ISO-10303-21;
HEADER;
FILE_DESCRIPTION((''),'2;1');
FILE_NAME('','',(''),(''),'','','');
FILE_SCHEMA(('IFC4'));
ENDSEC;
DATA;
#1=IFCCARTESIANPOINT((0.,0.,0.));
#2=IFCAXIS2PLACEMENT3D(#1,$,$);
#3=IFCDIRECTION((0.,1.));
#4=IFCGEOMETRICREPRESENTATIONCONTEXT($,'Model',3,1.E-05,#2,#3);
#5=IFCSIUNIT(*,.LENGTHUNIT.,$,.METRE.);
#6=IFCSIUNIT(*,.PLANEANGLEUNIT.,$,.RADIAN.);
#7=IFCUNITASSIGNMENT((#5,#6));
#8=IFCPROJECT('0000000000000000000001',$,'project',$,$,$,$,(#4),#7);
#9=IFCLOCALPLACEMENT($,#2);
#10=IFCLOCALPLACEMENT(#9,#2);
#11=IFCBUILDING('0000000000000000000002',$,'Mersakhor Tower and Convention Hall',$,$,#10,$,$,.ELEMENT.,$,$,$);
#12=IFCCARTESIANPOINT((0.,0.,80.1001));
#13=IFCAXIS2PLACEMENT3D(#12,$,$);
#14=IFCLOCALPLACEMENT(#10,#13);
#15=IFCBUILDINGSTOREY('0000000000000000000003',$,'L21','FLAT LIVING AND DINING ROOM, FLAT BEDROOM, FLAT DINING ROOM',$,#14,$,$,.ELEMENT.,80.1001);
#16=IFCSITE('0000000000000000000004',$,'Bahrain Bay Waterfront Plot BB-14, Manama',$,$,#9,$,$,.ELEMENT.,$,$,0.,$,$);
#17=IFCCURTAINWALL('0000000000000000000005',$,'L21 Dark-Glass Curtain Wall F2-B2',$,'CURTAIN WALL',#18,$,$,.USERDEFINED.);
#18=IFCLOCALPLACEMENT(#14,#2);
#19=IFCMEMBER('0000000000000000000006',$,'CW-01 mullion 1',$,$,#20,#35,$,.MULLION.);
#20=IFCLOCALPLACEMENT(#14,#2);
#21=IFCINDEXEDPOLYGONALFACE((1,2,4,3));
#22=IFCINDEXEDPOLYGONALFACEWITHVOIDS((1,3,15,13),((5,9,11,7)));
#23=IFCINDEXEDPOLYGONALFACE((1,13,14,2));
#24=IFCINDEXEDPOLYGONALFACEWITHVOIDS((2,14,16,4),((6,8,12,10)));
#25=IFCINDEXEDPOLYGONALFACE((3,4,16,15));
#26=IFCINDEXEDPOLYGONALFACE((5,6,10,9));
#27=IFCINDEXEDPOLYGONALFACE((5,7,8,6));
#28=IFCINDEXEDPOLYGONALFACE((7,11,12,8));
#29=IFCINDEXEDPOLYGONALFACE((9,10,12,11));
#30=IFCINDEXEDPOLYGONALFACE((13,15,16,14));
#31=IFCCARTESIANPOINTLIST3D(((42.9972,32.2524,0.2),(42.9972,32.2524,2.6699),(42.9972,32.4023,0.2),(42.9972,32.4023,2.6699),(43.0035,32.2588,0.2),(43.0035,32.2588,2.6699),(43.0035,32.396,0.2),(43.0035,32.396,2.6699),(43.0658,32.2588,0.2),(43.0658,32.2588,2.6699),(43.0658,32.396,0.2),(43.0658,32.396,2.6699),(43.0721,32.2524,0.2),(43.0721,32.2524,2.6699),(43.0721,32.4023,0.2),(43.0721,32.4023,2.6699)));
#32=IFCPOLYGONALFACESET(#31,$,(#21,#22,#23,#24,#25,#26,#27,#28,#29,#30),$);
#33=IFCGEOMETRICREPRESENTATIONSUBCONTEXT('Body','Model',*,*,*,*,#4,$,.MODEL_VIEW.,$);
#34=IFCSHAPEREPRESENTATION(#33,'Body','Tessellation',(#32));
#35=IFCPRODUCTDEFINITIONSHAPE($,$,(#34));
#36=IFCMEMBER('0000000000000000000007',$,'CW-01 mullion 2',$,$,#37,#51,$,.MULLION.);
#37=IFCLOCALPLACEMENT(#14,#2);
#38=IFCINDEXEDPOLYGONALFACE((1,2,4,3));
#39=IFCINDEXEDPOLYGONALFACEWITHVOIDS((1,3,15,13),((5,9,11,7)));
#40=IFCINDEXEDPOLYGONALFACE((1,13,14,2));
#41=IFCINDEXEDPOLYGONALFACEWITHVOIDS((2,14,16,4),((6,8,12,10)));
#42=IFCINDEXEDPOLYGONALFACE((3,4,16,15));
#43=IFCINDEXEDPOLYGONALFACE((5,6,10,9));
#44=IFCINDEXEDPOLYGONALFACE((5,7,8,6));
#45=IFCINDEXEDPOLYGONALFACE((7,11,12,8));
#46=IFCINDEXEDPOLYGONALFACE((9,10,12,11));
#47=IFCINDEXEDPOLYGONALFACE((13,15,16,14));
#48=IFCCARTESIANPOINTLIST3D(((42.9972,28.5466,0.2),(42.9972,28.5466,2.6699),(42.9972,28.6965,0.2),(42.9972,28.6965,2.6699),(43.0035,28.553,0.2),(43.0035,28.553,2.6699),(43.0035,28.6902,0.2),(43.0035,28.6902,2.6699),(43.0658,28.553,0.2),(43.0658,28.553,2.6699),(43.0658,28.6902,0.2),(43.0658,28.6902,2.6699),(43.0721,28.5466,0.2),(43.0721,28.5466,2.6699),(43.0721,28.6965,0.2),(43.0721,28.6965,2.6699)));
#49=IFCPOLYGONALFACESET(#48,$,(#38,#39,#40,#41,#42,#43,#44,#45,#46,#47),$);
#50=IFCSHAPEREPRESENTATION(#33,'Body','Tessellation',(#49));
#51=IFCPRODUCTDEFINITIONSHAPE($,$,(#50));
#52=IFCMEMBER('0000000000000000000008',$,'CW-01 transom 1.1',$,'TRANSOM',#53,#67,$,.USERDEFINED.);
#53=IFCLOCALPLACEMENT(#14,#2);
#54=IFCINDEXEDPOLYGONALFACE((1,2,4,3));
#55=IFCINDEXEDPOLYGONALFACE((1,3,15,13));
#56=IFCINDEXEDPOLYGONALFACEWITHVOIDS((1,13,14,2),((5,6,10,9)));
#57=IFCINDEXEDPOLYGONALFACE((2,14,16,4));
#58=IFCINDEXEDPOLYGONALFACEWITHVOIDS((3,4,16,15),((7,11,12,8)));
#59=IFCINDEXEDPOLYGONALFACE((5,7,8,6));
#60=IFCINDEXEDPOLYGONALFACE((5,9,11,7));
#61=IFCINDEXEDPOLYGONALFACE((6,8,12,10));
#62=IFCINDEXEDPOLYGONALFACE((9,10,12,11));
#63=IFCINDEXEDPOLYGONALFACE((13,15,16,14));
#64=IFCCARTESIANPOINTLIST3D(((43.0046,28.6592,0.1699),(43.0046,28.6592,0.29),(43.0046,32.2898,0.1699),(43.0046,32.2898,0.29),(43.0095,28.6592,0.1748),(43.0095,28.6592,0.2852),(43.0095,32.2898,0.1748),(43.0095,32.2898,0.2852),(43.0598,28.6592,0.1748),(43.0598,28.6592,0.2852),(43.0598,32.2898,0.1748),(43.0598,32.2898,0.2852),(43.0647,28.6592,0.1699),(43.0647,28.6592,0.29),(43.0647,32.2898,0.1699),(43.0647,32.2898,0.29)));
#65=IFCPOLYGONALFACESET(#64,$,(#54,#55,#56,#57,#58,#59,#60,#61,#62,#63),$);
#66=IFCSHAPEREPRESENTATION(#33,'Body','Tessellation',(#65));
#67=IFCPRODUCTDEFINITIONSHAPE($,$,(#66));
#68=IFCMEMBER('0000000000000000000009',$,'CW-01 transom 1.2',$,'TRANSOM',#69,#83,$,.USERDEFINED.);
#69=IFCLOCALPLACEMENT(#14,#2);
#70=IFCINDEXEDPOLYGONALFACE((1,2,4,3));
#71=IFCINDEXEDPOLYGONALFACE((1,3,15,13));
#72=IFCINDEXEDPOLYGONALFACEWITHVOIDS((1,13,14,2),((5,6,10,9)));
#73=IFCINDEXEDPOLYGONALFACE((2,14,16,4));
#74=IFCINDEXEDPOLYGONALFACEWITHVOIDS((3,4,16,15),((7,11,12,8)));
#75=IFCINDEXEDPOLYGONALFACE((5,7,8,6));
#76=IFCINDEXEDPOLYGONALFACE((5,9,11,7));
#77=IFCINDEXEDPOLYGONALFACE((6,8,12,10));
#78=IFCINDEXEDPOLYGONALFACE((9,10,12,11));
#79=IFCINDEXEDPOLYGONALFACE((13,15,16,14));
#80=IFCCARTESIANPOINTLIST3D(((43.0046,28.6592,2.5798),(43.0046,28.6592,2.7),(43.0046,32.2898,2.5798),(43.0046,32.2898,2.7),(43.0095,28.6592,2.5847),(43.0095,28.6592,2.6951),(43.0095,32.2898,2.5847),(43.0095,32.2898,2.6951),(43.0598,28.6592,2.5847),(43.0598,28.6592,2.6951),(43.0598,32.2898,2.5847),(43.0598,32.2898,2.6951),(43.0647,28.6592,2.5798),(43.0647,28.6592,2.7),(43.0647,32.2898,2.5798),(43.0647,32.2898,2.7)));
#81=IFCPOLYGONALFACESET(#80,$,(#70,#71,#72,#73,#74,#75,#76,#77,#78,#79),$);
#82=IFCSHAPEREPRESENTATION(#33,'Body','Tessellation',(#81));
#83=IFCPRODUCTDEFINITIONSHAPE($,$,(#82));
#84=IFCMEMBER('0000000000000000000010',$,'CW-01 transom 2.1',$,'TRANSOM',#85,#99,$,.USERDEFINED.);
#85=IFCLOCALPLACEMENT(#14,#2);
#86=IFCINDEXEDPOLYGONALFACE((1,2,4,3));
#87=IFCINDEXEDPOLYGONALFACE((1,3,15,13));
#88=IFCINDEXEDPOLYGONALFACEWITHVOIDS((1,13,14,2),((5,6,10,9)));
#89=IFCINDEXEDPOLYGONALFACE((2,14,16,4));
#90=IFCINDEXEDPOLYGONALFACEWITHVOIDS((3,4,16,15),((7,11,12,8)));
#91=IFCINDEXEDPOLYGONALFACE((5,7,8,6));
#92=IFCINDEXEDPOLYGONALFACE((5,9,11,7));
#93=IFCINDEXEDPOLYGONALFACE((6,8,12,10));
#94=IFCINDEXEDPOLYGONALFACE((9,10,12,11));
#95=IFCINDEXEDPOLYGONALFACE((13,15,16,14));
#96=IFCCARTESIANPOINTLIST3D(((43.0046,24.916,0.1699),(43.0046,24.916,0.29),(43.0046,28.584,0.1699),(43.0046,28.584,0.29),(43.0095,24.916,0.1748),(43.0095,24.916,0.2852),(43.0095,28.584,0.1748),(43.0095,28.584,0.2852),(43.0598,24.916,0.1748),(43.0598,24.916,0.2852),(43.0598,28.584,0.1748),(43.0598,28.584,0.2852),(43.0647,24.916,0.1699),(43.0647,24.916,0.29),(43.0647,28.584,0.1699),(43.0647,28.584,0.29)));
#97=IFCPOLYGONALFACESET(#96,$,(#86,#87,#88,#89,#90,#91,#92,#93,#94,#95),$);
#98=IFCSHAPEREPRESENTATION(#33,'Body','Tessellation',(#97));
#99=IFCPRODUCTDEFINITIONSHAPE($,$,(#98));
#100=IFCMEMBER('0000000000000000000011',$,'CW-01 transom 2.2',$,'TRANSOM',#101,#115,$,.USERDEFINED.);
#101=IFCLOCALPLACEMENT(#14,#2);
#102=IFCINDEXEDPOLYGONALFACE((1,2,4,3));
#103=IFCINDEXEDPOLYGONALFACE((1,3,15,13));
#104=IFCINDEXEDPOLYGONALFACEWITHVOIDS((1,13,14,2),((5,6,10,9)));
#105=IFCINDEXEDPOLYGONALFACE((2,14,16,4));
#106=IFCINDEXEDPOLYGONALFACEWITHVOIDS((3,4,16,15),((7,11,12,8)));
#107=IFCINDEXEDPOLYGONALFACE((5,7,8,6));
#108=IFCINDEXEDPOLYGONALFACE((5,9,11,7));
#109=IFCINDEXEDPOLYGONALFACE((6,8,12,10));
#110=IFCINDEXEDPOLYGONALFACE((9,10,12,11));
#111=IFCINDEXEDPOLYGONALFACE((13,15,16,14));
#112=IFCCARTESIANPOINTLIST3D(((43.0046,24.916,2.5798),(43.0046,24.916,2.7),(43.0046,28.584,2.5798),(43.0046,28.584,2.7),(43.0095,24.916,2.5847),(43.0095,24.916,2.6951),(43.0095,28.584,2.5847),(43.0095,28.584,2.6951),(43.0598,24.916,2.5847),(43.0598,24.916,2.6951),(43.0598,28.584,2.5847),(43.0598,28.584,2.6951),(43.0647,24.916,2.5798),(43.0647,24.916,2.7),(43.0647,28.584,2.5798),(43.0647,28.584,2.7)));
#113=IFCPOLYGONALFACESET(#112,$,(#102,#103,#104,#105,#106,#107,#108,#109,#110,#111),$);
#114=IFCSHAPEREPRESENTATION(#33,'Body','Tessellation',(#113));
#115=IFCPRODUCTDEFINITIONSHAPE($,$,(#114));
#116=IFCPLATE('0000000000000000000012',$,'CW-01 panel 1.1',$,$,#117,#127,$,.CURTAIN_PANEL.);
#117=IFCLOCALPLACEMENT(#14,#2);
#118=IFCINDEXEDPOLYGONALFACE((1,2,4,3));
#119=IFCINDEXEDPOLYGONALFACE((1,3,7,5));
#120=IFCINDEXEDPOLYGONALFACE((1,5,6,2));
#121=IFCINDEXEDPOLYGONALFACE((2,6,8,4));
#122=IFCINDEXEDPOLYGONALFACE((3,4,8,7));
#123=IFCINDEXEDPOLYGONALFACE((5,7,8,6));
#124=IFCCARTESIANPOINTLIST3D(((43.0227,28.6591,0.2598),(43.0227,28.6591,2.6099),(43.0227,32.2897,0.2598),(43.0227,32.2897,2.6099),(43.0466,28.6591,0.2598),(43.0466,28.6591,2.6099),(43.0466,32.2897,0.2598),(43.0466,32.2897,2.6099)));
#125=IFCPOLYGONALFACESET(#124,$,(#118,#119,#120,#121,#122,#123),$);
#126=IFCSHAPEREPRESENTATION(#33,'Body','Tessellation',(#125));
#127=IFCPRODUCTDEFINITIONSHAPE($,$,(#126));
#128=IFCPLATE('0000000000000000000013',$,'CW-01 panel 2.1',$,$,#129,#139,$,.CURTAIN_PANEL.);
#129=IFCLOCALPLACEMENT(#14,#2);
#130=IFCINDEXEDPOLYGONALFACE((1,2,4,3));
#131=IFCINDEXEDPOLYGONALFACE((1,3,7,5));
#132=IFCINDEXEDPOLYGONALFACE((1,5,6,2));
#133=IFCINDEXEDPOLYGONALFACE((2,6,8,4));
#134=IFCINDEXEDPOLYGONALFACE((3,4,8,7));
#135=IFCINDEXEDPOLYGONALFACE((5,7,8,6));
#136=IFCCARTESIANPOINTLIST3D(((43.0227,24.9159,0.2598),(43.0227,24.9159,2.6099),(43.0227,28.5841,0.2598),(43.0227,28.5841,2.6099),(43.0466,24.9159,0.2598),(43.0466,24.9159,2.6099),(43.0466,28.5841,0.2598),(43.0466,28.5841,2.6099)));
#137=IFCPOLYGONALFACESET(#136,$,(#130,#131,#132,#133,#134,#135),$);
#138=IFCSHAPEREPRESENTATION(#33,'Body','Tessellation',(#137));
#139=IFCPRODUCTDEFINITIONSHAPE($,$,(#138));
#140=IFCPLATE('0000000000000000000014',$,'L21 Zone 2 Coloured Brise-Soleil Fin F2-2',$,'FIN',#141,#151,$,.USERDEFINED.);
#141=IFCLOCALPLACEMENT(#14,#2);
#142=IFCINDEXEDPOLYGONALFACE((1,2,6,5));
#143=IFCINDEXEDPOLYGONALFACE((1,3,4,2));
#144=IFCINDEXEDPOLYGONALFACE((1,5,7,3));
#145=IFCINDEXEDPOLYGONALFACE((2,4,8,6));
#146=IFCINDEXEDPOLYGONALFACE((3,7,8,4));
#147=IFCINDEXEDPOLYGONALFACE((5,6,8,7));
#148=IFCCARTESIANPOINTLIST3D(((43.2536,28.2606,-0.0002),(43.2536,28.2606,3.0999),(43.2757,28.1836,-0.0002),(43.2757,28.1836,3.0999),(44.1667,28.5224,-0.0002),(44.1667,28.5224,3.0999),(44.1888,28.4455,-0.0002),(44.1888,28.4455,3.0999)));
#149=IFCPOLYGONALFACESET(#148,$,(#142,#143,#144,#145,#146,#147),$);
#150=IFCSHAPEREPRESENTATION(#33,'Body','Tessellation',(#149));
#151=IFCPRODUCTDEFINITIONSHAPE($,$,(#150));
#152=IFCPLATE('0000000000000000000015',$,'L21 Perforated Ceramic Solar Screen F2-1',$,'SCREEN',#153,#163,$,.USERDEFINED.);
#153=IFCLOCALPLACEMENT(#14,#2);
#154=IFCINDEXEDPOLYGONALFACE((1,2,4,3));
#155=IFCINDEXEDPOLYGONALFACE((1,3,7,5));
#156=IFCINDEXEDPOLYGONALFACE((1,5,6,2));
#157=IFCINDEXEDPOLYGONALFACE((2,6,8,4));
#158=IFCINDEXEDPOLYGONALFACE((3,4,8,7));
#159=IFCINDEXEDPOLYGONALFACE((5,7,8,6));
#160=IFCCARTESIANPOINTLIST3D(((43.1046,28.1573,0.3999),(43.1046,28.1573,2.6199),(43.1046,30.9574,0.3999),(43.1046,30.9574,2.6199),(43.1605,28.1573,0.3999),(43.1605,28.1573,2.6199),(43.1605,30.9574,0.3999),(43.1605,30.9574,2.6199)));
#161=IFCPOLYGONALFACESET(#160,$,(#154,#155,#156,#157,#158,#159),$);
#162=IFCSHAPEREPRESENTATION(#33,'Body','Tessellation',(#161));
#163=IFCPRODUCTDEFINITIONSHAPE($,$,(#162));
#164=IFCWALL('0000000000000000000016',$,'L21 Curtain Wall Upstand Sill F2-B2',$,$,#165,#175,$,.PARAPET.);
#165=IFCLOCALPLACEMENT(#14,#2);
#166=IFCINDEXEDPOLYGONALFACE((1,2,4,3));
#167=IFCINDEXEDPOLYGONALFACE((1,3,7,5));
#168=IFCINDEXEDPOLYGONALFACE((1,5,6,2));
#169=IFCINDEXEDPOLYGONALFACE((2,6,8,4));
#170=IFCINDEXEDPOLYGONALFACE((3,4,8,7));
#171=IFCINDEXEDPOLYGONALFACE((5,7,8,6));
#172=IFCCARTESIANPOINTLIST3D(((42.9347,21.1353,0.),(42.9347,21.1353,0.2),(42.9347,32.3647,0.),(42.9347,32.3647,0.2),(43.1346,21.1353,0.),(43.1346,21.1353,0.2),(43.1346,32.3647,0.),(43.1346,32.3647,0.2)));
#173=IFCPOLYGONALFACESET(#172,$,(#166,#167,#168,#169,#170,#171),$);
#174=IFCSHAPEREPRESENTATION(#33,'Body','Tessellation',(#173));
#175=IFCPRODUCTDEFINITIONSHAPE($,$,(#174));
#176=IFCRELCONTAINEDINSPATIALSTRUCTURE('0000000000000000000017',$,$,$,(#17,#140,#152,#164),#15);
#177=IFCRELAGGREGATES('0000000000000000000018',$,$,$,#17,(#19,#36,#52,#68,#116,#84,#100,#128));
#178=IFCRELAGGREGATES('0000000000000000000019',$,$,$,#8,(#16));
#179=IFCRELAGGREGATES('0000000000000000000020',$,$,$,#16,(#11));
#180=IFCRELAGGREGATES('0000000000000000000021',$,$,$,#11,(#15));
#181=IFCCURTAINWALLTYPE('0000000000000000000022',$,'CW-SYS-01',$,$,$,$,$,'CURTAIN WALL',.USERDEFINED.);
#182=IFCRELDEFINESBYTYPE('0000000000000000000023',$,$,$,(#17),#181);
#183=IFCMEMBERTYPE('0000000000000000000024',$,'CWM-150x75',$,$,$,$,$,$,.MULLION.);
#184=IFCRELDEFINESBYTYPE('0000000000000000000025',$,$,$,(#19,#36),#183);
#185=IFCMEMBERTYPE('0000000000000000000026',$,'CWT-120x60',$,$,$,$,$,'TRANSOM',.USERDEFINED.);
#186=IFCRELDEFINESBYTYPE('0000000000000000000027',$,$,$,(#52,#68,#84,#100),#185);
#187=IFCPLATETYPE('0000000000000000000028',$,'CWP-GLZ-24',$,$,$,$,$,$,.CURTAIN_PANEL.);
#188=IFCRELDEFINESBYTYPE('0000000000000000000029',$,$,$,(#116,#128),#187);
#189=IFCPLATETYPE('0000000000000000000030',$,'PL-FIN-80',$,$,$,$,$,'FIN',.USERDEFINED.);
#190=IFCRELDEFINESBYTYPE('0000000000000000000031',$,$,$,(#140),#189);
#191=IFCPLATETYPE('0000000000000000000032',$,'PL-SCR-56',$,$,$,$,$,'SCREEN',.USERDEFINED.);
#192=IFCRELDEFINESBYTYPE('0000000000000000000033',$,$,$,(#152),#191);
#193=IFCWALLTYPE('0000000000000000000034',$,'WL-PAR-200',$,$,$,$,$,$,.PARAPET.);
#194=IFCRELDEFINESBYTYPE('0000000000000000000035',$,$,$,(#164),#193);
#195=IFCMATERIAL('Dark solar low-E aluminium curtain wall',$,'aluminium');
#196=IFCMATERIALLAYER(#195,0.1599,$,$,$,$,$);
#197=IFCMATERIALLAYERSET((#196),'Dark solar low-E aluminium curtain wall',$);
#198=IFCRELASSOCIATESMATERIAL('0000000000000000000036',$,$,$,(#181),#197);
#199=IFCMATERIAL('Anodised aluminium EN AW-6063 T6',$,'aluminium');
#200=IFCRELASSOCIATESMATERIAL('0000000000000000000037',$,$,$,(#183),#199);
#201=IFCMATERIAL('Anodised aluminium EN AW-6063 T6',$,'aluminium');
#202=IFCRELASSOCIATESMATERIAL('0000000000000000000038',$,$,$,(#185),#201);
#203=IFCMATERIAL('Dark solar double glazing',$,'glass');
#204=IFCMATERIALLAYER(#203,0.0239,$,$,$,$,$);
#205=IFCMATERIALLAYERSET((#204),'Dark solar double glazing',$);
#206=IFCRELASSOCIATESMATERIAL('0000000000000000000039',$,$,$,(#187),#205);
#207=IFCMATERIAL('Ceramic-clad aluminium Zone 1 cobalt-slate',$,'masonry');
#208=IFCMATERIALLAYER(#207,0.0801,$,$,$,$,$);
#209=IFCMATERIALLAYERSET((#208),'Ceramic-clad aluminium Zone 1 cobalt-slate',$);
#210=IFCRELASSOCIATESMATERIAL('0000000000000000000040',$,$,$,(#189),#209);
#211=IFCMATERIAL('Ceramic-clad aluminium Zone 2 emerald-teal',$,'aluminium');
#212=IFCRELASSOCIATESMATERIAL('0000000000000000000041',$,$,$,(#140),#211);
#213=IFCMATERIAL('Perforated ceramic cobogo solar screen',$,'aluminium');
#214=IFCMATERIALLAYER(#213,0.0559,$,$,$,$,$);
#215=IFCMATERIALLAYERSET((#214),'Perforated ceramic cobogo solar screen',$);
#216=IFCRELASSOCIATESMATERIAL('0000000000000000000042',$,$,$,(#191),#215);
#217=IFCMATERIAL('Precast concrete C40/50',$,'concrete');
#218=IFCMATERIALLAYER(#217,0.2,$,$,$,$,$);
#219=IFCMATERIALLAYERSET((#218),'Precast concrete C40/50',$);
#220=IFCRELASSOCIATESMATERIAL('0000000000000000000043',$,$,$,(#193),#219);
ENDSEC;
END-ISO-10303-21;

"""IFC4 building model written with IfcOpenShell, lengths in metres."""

from ifc_helpers import new_model, si_unit, direction, frame, frame_2d, origin, origin_2d, place, context, subcontext, project, spatial, rectangle, hollow_rectangle, extrude, material, layer, layer_set, material_profile, profile_set, type_object, element, aggregate, save


model = new_model("IFC4")

# Units and contexts
model_context = context("Model", 3, precision=1e-05, world=origin(), true_north=direction((0.0, 1.0)))
body_context = subcontext(model_context, "Body", "Model", "MODEL_VIEW")
ifc_project = project(units=[si_unit("LENGTHUNIT", "METRE"), si_unit("PLANEANGLEUNIT", "RADIAN")], contexts=[model_context])

# Site, building, storey
site_placement = place(None, origin())
site = spatial("IfcSite", under=ifc_project, at=site_placement, Name="Bahrain Bay Waterfront Plot BB-14, Manama", CompositionType="ELEMENT", RefElevation=0.0)
building_placement = place(site_placement, origin())
building = spatial("IfcBuilding", under=site, at=building_placement, Name="Mersakhor Tower and Convention Hall", CompositionType="ELEMENT")
storey_placement = place(building_placement, frame((0.0, 0.0, 80.1001)))
storey = spatial("IfcBuildingStorey", under=building, at=storey_placement, Name="L21", Description="FLAT LIVING AND DINING ROOM, FLAT BEDROOM, FLAT DINING ROOM", CompositionType="ELEMENT", Elevation=80.1001)

# Curtain wall, members, plates
ifc_material_1 = material(Name="Dark solar low-E aluminium curtain wall", Category="aluminium")
ifc_layer_1 = layer(ifc_material_1, 0.1599)
ifc_layer_set_1 = layer_set([ifc_layer_1], Name="Dark solar low-E aluminium curtain wall")
curtain_wall_type = type_object("IfcCurtainWallType", Name="CW-SYS-01", ElementType="CURTAIN WALL", PredefinedType="USERDEFINED", material=ifc_layer_set_1)
curtain_wall_placement = place(storey_placement, origin())
curtain_wall = element("IfcCurtainWall", 1, at=curtain_wall_placement, inside=storey, type_object=curtain_wall_type, Name="L21 Dark-Glass Curtain Wall F2-B2", ObjectType="CURTAIN WALL", PredefinedType="USERDEFINED")
ifc_material_2 = material(Name="Anodised aluminium EN AW-6063 T6", Category="aluminium")
ifc_material_profile_1 = material_profile(ifc_material_2, hollow_rectangle(XDim=0.075, YDim=0.1499, WallThickness=0.0063, at=origin_2d()), Name="RHS 150x75x6.3")
ifc_profile_set_1 = profile_set([ifc_material_profile_1], Name="Anodised aluminium EN AW-6063 T6")
member_type_1 = type_object("IfcMemberType", Name="CWM-150x75", PredefinedType="MULLION", material=ifc_profile_set_1)
member_1_placement = place(storey_placement, frame((43.0347, 32.3274, 0.2), z_axis=(0.0, 0.0, 1.0), x_axis=(1.0, 0.0, 0.0)))
member_1 = element("IfcMember", 2, at=member_1_placement, type_object=member_type_1, Name="CW-01 mullion 1", PredefinedType="MULLION", context=body_context, shape_type="SweptSolid", body=[
    extrude(hollow_rectangle(XDim=0.075, YDim=0.1499, WallThickness=0.0063, at=origin_2d()), origin(), (0.0, 0.0, 1.0), 2.47),
])
member_2_placement = place(storey_placement, frame((43.0347, 28.6216, 0.2), z_axis=(0.0, 0.0, 1.0), x_axis=(1.0, 0.0, 0.0)))
member_2 = element("IfcMember", 3, at=member_2_placement, type_object=member_type_1, Name="CW-01 mullion 2", PredefinedType="MULLION", context=body_context, shape_type="SweptSolid", body=[
    extrude(hollow_rectangle(XDim=0.075, YDim=0.1499, WallThickness=0.0063, at=origin_2d()), origin(), (0.0, 0.0, 1.0), 2.47),
])
ifc_material_3 = material(Name="Anodised aluminium EN AW-6063 T6", Category="aluminium")
ifc_material_profile_2 = material_profile(ifc_material_3, hollow_rectangle(XDim=0.0601, YDim=0.1201, WallThickness=0.0049, at=origin_2d()), Name="RHS 120x60x5")
ifc_profile_set_2 = profile_set([ifc_material_profile_2], Name="Anodised aluminium EN AW-6063 T6")
member_type_2 = type_object("IfcMemberType", Name="CWT-120x60", ElementType="TRANSOM", PredefinedType="USERDEFINED", material=ifc_profile_set_2)
member_3_placement = place(storey_placement, frame((43.0347, 32.2898, 0.23), z_axis=(0.0, -1.0, 0.0), x_axis=(1.0, 0.0, 0.0)))
member_3 = element("IfcMember", 4, at=member_3_placement, type_object=member_type_2, Name="CW-01 transom 1.1", ObjectType="TRANSOM", PredefinedType="USERDEFINED", context=body_context, shape_type="SweptSolid", body=[
    extrude(hollow_rectangle(XDim=0.0601, YDim=0.1201, WallThickness=0.0049, at=origin_2d()), origin(), (0.0, 0.0, 1.0), 3.6306),
])
member_4_placement = place(storey_placement, frame((43.0347, 32.2898, 2.6399), z_axis=(0.0, -1.0, 0.0), x_axis=(1.0, 0.0, 0.0)))
member_4 = element("IfcMember", 5, at=member_4_placement, type_object=member_type_2, Name="CW-01 transom 1.2", ObjectType="TRANSOM", PredefinedType="USERDEFINED", context=body_context, shape_type="SweptSolid", body=[
    extrude(hollow_rectangle(XDim=0.0601, YDim=0.1201, WallThickness=0.0049, at=origin_2d()), origin(), (0.0, 0.0, 1.0), 3.6306),
])
member_5_placement = place(storey_placement, frame((43.0347, 28.584, 0.23), z_axis=(0.0, -1.0, 0.0), x_axis=(1.0, 0.0, 0.0)))
member_5 = element("IfcMember", 6, at=member_5_placement, type_object=member_type_2, Name="CW-01 transom 2.1", ObjectType="TRANSOM", PredefinedType="USERDEFINED", context=body_context, shape_type="SweptSolid", body=[
    extrude(hollow_rectangle(XDim=0.0601, YDim=0.1201, WallThickness=0.0049, at=origin_2d()), origin(), (0.0, 0.0, 1.0), 3.668),
])
member_6_placement = place(storey_placement, frame((43.0347, 28.584, 2.6399), z_axis=(0.0, -1.0, 0.0), x_axis=(1.0, 0.0, 0.0)))
member_6 = element("IfcMember", 7, at=member_6_placement, type_object=member_type_2, Name="CW-01 transom 2.2", ObjectType="TRANSOM", PredefinedType="USERDEFINED", context=body_context, shape_type="SweptSolid", body=[
    extrude(hollow_rectangle(XDim=0.0601, YDim=0.1201, WallThickness=0.0049, at=origin_2d()), origin(), (0.0, 0.0, 1.0), 3.668),
])
ifc_material_4 = material(Name="Dark solar double glazing", Category="glass")
ifc_layer_2 = layer(ifc_material_4, 0.0239)
ifc_layer_set_2 = layer_set([ifc_layer_2], Name="Dark solar double glazing")
plate_type_1 = type_object("IfcPlateType", Name="CWP-GLZ-24", PredefinedType="CURTAIN_PANEL", material=ifc_layer_set_2)
plate_1_placement = place(storey_placement, frame((43.0347, 30.4744, 0.2598), z_axis=(0.0, 0.0, 1.0), x_axis=(0.0, -1.0, 0.0)))
plate_1 = element("IfcPlate", 8, at=plate_1_placement, type_object=plate_type_1, Name="CW-01 panel 1.1", PredefinedType="CURTAIN_PANEL", context=body_context, shape_type="SweptSolid", body=[
    extrude(rectangle(XDim=3.6306, YDim=0.0239, at=origin_2d()), origin(), (0.0, 0.0, 1.0), 2.3501),
])
plate_2_placement = place(storey_placement, frame((43.0347, 26.75, 0.2598), z_axis=(0.0, 0.0, 1.0), x_axis=(0.0, -1.0, 0.0)))
plate_2 = element("IfcPlate", 9, at=plate_2_placement, type_object=plate_type_1, Name="CW-01 panel 2.1", PredefinedType="CURTAIN_PANEL", context=body_context, shape_type="SweptSolid", body=[
    extrude(rectangle(XDim=3.6682, YDim=0.0239, at=origin_2d()), origin(), (0.0, 0.0, 1.0), 2.3501),
])
aggregate(curtain_wall, [member_1, member_2, member_3, member_4, plate_1, member_5, member_6, plate_2])

# Plates
ifc_material_5 = material(Name="Ceramic-clad aluminium Zone 2 emerald-teal", Category="aluminium")
ifc_material_6 = material(Name="Ceramic-clad aluminium Zone 1 cobalt-slate", Category="masonry")
ifc_layer_3 = layer(ifc_material_6, 0.0801)
ifc_layer_set_3 = layer_set([ifc_layer_3], Name="Ceramic-clad aluminium Zone 1 cobalt-slate")
plate_type_2 = type_object("IfcPlateType", Name="PL-FIN-80", ElementType="FIN", PredefinedType="USERDEFINED", material=ifc_layer_set_3)
plate_3_placement = place(storey_placement, frame((43.7212, 28.353, -0.0002), z_axis=(0.0, 0.0, 1.0), x_axis=(0.961262, 0.275637, 0.0)))
element("IfcPlate", 10, at=plate_3_placement, inside=storey, type_object=plate_type_2, material=ifc_material_5, Name="L21 Zone 2 Coloured Brise-Soleil Fin F2-2", ObjectType="FIN", PredefinedType="USERDEFINED", context=body_context, shape_type="SweptSolid", body=[
    extrude(rectangle(XDim=0.95, YDim=0.0801, at=origin_2d()), origin(), (0.0, 0.0, 1.0), 3.1001),
])
ifc_material_7 = material(Name="Perforated ceramic cobogo solar screen", Category="aluminium")
ifc_layer_4 = layer(ifc_material_7, 0.0559)
ifc_layer_set_4 = layer_set([ifc_layer_4], Name="Perforated ceramic cobogo solar screen")
plate_type_3 = type_object("IfcPlateType", Name="PL-SCR-56", ElementType="SCREEN", PredefinedType="USERDEFINED", material=ifc_layer_set_4)
plate_4_placement = place(storey_placement, frame((43.1326, 29.5574, 0.3999), z_axis=(0.0, 0.0, 1.0), x_axis=(0.0, -1.0, 0.0)))
element("IfcPlate", 11, at=plate_4_placement, inside=storey, type_object=plate_type_3, Name="L21 Perforated Ceramic Solar Screen F2-1", ObjectType="SCREEN", PredefinedType="USERDEFINED", context=body_context, shape_type="SweptSolid", body=[
    extrude(rectangle(XDim=2.8, YDim=0.0559, at=origin_2d()), origin(), (0.0, 0.0, 1.0), 2.22),
])

# Wall
ifc_material_8 = material(Name="Precast concrete C40/50", Category="concrete")
ifc_layer_5 = layer(ifc_material_8, 0.2)
ifc_layer_set_5 = layer_set([ifc_layer_5], Name="Precast concrete C40/50")
wall_type_1 = type_object("IfcWallType", Name="WL-PAR-200", PredefinedType="PARAPET", material=ifc_layer_set_5)
wall_1_placement = place(storey_placement, frame((43.0347, 32.3647, 0.0), z_axis=(0.0, 0.0, 1.0), x_axis=(0.0, -1.0, 0.0)))
element("IfcWall", 12, at=wall_1_placement, inside=storey, type_object=wall_type_1, Name="L21 Curtain Wall Upstand Sill F2-B2", PredefinedType="PARAPET", context=body_context, shape_type="SweptSolid", body=[
    extrude(rectangle(XDim=11.2295, YDim=0.2, at=frame_2d((5.6147, 0.0))), origin(), (0.0, 0.0, 1.0), 0.2),
])

save(model, "model.ifc")
